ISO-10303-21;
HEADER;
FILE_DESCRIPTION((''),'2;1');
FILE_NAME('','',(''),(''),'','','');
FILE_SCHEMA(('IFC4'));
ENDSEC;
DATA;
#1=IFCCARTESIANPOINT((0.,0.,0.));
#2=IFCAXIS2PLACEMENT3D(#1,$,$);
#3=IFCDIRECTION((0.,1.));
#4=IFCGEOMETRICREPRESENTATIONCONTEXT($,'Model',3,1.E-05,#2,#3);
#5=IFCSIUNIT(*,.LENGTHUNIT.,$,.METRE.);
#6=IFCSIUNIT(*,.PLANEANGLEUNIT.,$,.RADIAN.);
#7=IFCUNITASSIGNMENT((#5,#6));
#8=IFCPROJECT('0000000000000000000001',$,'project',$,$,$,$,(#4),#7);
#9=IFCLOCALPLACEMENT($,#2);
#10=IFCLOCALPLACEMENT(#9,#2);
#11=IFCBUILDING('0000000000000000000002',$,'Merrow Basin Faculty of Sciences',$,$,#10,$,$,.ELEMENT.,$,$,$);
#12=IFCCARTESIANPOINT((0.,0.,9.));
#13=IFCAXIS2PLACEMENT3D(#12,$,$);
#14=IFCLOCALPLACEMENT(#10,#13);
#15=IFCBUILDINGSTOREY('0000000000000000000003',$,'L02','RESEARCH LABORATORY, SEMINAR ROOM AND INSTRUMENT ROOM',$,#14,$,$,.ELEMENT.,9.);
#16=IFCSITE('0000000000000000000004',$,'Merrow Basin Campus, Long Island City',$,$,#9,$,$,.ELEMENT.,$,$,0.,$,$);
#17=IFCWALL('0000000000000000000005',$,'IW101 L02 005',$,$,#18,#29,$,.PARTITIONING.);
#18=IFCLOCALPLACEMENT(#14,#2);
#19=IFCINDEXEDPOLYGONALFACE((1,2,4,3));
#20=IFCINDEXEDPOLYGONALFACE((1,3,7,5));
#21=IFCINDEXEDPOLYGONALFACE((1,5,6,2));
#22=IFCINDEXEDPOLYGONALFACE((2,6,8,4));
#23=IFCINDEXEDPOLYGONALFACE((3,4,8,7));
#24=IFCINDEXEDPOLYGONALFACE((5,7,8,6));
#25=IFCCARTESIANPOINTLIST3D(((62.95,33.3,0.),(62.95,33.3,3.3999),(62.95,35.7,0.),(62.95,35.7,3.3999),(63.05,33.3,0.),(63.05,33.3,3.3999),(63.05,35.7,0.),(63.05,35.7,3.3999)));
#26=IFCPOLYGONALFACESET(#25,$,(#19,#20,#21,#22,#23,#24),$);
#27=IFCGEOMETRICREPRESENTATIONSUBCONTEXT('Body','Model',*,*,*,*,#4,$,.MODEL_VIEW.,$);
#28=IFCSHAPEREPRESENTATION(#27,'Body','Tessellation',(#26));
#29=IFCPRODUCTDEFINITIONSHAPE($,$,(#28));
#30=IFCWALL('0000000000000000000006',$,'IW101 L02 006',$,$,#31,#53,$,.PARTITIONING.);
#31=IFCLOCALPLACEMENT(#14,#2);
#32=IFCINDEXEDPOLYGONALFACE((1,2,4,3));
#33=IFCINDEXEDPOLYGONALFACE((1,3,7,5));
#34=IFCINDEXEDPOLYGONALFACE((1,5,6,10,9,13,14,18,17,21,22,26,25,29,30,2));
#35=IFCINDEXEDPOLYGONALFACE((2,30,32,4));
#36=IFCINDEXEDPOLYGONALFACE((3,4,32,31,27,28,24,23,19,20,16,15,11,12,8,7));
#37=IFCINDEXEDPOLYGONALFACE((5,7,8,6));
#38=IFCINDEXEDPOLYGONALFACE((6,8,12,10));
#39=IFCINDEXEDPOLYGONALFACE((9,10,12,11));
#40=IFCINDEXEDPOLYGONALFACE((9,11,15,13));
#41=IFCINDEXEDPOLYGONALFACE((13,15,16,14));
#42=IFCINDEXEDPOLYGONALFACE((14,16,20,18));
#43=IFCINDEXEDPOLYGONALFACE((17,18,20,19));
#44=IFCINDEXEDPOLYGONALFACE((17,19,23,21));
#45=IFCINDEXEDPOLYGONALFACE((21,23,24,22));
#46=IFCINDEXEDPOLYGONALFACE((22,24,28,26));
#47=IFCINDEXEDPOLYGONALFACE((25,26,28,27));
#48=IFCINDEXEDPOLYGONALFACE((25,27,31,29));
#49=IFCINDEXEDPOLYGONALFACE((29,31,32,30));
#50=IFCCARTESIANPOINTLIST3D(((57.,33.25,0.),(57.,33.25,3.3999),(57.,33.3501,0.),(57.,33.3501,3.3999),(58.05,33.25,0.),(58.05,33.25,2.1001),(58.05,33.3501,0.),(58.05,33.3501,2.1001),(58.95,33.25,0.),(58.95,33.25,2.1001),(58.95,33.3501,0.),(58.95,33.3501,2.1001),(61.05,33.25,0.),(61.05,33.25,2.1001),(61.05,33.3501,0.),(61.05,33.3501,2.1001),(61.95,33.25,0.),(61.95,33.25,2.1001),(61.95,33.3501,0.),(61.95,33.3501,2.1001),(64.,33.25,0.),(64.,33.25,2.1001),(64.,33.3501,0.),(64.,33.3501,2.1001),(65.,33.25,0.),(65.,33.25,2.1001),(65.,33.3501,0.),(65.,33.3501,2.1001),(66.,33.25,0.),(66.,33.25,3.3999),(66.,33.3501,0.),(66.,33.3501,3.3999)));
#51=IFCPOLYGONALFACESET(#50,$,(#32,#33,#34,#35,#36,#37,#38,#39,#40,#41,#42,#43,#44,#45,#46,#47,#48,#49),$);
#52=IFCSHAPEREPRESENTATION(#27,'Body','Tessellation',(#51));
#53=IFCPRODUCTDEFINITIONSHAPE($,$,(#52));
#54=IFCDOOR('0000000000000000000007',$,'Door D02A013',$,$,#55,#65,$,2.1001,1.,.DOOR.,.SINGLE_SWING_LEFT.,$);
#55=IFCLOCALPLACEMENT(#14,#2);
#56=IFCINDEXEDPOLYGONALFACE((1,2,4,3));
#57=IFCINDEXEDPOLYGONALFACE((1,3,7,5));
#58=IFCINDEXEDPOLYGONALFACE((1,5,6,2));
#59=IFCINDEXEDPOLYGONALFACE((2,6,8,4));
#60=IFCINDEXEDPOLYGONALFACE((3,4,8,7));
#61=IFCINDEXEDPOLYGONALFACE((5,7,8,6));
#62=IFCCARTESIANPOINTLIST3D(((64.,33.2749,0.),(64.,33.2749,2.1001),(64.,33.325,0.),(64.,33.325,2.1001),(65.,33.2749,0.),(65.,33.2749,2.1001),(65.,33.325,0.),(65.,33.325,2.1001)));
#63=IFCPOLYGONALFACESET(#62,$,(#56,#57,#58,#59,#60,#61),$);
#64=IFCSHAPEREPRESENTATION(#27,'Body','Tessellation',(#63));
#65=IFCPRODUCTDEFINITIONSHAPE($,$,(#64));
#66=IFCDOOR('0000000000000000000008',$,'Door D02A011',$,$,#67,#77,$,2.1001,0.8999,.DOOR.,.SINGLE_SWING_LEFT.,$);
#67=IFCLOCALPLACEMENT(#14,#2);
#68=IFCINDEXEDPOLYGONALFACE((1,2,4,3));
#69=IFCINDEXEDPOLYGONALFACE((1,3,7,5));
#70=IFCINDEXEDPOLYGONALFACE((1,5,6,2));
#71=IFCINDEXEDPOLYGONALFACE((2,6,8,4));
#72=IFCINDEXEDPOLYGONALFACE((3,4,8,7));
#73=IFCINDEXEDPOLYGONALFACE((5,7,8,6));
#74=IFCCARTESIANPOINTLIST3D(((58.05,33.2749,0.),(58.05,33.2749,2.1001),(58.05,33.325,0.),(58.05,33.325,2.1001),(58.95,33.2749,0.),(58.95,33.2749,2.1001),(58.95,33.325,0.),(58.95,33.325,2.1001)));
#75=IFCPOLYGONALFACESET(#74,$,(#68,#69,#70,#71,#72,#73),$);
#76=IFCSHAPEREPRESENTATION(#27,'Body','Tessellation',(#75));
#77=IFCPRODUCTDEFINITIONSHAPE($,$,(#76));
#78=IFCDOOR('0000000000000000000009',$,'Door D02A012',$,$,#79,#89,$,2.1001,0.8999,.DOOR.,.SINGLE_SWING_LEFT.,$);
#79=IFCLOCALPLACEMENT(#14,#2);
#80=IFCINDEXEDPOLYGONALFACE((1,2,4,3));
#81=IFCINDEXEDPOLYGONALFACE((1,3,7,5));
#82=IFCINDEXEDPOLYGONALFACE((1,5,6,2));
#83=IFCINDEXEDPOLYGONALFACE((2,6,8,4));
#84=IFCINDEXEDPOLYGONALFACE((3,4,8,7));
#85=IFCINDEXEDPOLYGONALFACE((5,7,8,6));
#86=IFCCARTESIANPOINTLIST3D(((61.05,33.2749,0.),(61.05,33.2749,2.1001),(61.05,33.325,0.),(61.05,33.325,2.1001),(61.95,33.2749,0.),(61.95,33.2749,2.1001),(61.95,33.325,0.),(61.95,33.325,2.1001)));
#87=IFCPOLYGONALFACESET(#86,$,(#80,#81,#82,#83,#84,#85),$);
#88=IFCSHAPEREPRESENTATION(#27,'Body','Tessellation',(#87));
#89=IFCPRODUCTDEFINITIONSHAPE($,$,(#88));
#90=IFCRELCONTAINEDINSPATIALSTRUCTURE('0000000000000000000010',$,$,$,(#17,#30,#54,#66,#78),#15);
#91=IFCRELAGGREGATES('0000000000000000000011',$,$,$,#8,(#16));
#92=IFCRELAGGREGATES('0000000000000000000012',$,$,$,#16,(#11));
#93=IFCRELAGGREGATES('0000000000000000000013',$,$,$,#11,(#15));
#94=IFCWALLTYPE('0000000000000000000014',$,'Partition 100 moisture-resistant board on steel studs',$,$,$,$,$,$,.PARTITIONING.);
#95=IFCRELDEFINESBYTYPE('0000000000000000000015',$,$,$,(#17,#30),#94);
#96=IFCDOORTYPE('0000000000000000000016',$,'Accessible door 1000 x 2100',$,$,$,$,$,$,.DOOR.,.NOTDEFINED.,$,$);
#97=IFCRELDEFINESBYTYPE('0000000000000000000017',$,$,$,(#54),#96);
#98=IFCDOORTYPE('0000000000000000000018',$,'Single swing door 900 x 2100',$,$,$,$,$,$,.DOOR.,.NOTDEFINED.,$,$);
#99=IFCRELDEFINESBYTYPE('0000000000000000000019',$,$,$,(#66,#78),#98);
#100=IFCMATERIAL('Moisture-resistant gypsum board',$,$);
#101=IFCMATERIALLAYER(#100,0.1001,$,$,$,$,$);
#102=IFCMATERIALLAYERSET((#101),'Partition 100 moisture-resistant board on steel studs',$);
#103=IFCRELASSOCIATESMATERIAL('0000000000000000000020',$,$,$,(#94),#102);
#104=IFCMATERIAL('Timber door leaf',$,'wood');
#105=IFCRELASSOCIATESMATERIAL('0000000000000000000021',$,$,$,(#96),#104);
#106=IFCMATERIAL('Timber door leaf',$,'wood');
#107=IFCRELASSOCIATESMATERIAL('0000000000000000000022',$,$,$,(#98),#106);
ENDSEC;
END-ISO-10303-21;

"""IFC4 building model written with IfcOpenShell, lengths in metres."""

from ifc_helpers import new_model, si_unit, direction, frame, frame_2d, origin, place, context, subcontext, project, spatial, rectangle, extrude, material, layer, layer_set, type_object, element, fill, save


model = new_model("IFC4")

# Units and contexts
model_context = context("Model", 3, precision=1e-05, world=origin(), true_north=direction((0.0, 1.0)))
body_context = subcontext(model_context, "Body", "Model", "MODEL_VIEW")
ifc_project = project(units=[si_unit("LENGTHUNIT", "METRE"), si_unit("PLANEANGLEUNIT", "RADIAN")], contexts=[model_context])

# Site, building, storey
site_placement = place(None, origin())
site = spatial("IfcSite", under=ifc_project, at=site_placement, Name="Merrow Basin Campus, Long Island City", CompositionType="ELEMENT", RefElevation=0.0)
building_placement = place(site_placement, origin())
building = spatial("IfcBuilding", under=site, at=building_placement, Name="Merrow Basin Faculty of Sciences", CompositionType="ELEMENT")
storey_placement = place(building_placement, frame((0.0, 0.0, 9.0)))
storey = spatial("IfcBuildingStorey", under=building, at=storey_placement, Name="L02", Description="RESEARCH LABORATORY, SEMINAR ROOM AND INSTRUMENT ROOM", CompositionType="ELEMENT", Elevation=9.0)

# Wall
ifc_material_1 = material(Name="Moisture-resistant gypsum board")
ifc_layer_1 = layer(ifc_material_1, 0.1001)
ifc_layer_set_1 = layer_set([ifc_layer_1], Name="Partition 100 moisture-resistant board on steel studs")
wall_type_1 = type_object("IfcWallType", Name="Partition 100 moisture-resistant board on steel studs", PredefinedType="PARTITIONING", material=ifc_layer_set_1)
wall_1_placement = place(storey_placement, frame((63.0, 33.3, 0.0), z_axis=(0.0, 0.0, 1.0), x_axis=(0.0, 1.0, 0.0)))
element("IfcWall", 1, at=wall_1_placement, inside=storey, type_object=wall_type_1, Name="IW101 L02 005", PredefinedType="PARTITIONING", context=body_context, shape_type="SweptSolid", body=[
    extrude(rectangle(XDim=2.3999, YDim=0.1001, at=frame_2d((1.2, 0.0))), origin(), (0.0, 0.0, 1.0), 3.3999),
])

# Wall, openings, doors
wall_2_placement = place(storey_placement, frame((57.0, 33.3, 0.0), z_axis=(0.0, 0.0, 1.0), x_axis=(1.0, 0.0, 0.0)))
wall_2 = element("IfcWall", 2, at=wall_2_placement, inside=storey, type_object=wall_type_1, Name="IW101 L02 006", PredefinedType="PARTITIONING", context=body_context, shape_type="SweptSolid", body=[
    extrude(rectangle(XDim=9.0, YDim=0.1001, at=frame_2d((4.5, 0.0))), origin(), (0.0, 0.0, 1.0), 3.3999),
])
opening_1_placement = place(wall_2_placement, frame((1.05, 0.0, 0.0)))
opening_1 = element("IfcOpeningElement", 3, at=opening_1_placement, cuts=wall_2, PredefinedType="OPENING", context=body_context, shape_type="SweptSolid", body=[
    extrude(rectangle(XDim=0.8999, YDim=2.1001, at=frame_2d((0.45, 1.05))), frame((0.0, 0.0601, 0.0), z_axis=(0.0, -1.0, 0.0), x_axis=(1.0, 0.0, 0.0)), (0.0, 0.0, 1.0), 0.1201),
])
opening_2_placement = place(wall_2_placement, frame((4.05, 0.0, 0.0)))
opening_2 = element("IfcOpeningElement", 4, at=opening_2_placement, cuts=wall_2, PredefinedType="OPENING", context=body_context, shape_type="SweptSolid", body=[
    extrude(rectangle(XDim=0.8999, YDim=2.1001, at=frame_2d((0.45, 1.05))), frame((0.0, 0.0601, 0.0), z_axis=(0.0, -1.0, 0.0), x_axis=(1.0, 0.0, 0.0)), (0.0, 0.0, 1.0), 0.1201),
])
opening_3_placement = place(wall_2_placement, frame((7.0, 0.0, 0.0)))
opening_3 = element("IfcOpeningElement", 5, at=opening_3_placement, cuts=wall_2, PredefinedType="OPENING", context=body_context, shape_type="SweptSolid", body=[
    extrude(rectangle(XDim=1.0, YDim=2.1001, at=frame_2d((0.5, 1.05))), frame((0.0, 0.0601, 0.0), z_axis=(0.0, -1.0, 0.0), x_axis=(1.0, 0.0, 0.0)), (0.0, 0.0, 1.0), 0.1201),
])
ifc_material_2 = material(Name="Timber door leaf", Category="wood")
door_type_1 = type_object("IfcDoorType", Name="Accessible door 1000 x 2100", OperationType="NOTDEFINED", PredefinedType="DOOR", material=ifc_material_2)
door_1_placement = place(opening_3_placement, origin())
door_1 = element("IfcDoor", 6, at=door_1_placement, inside=storey, type_object=door_type_1, Name="Door D02A013", OperationType="SINGLE_SWING_LEFT", OverallHeight=2.1001, OverallWidth=1.0, PredefinedType="DOOR", context=body_context, shape_type="SweptSolid", body=[
    extrude(rectangle(XDim=1.0, YDim=2.1001, at=frame_2d((0.5, 1.05))), frame((0.0, 0.0249, 0.0), z_axis=(0.0, -1.0, 0.0), x_axis=(1.0, 0.0, 0.0)), (0.0, 0.0, 1.0), 0.05),
])
fill(opening_3, door_1)
ifc_material_3 = material(Name="Timber door leaf", Category="wood")
door_type_2 = type_object("IfcDoorType", Name="Single swing door 900 x 2100", OperationType="NOTDEFINED", PredefinedType="DOOR", material=ifc_material_3)
door_2_placement = place(opening_1_placement, origin())
door_2 = element("IfcDoor", 7, at=door_2_placement, inside=storey, type_object=door_type_2, Name="Door D02A011", OperationType="SINGLE_SWING_LEFT", OverallHeight=2.1001, OverallWidth=0.8999, PredefinedType="DOOR", context=body_context, shape_type="SweptSolid", body=[
    extrude(rectangle(XDim=0.8999, YDim=2.1001, at=frame_2d((0.45, 1.05))), frame((0.0, 0.0249, 0.0), z_axis=(0.0, -1.0, 0.0), x_axis=(1.0, 0.0, 0.0)), (0.0, 0.0, 1.0), 0.05),
])
fill(opening_1, door_2)
door_3_placement = place(opening_2_placement, origin())
door_3 = element("IfcDoor", 8, at=door_3_placement, inside=storey, type_object=door_type_2, Name="Door D02A012", OperationType="SINGLE_SWING_LEFT", OverallHeight=2.1001, OverallWidth=0.8999, PredefinedType="DOOR", context=body_context, shape_type="SweptSolid", body=[
    extrude(rectangle(XDim=0.8999, YDim=2.1001, at=frame_2d((0.45, 1.05))), frame((0.0, 0.0249, 0.0), z_axis=(0.0, -1.0, 0.0), x_axis=(1.0, 0.0, 0.0)), (0.0, 0.0, 1.0), 0.05),
])
fill(opening_2, door_3)

save(model, "model.ifc")
